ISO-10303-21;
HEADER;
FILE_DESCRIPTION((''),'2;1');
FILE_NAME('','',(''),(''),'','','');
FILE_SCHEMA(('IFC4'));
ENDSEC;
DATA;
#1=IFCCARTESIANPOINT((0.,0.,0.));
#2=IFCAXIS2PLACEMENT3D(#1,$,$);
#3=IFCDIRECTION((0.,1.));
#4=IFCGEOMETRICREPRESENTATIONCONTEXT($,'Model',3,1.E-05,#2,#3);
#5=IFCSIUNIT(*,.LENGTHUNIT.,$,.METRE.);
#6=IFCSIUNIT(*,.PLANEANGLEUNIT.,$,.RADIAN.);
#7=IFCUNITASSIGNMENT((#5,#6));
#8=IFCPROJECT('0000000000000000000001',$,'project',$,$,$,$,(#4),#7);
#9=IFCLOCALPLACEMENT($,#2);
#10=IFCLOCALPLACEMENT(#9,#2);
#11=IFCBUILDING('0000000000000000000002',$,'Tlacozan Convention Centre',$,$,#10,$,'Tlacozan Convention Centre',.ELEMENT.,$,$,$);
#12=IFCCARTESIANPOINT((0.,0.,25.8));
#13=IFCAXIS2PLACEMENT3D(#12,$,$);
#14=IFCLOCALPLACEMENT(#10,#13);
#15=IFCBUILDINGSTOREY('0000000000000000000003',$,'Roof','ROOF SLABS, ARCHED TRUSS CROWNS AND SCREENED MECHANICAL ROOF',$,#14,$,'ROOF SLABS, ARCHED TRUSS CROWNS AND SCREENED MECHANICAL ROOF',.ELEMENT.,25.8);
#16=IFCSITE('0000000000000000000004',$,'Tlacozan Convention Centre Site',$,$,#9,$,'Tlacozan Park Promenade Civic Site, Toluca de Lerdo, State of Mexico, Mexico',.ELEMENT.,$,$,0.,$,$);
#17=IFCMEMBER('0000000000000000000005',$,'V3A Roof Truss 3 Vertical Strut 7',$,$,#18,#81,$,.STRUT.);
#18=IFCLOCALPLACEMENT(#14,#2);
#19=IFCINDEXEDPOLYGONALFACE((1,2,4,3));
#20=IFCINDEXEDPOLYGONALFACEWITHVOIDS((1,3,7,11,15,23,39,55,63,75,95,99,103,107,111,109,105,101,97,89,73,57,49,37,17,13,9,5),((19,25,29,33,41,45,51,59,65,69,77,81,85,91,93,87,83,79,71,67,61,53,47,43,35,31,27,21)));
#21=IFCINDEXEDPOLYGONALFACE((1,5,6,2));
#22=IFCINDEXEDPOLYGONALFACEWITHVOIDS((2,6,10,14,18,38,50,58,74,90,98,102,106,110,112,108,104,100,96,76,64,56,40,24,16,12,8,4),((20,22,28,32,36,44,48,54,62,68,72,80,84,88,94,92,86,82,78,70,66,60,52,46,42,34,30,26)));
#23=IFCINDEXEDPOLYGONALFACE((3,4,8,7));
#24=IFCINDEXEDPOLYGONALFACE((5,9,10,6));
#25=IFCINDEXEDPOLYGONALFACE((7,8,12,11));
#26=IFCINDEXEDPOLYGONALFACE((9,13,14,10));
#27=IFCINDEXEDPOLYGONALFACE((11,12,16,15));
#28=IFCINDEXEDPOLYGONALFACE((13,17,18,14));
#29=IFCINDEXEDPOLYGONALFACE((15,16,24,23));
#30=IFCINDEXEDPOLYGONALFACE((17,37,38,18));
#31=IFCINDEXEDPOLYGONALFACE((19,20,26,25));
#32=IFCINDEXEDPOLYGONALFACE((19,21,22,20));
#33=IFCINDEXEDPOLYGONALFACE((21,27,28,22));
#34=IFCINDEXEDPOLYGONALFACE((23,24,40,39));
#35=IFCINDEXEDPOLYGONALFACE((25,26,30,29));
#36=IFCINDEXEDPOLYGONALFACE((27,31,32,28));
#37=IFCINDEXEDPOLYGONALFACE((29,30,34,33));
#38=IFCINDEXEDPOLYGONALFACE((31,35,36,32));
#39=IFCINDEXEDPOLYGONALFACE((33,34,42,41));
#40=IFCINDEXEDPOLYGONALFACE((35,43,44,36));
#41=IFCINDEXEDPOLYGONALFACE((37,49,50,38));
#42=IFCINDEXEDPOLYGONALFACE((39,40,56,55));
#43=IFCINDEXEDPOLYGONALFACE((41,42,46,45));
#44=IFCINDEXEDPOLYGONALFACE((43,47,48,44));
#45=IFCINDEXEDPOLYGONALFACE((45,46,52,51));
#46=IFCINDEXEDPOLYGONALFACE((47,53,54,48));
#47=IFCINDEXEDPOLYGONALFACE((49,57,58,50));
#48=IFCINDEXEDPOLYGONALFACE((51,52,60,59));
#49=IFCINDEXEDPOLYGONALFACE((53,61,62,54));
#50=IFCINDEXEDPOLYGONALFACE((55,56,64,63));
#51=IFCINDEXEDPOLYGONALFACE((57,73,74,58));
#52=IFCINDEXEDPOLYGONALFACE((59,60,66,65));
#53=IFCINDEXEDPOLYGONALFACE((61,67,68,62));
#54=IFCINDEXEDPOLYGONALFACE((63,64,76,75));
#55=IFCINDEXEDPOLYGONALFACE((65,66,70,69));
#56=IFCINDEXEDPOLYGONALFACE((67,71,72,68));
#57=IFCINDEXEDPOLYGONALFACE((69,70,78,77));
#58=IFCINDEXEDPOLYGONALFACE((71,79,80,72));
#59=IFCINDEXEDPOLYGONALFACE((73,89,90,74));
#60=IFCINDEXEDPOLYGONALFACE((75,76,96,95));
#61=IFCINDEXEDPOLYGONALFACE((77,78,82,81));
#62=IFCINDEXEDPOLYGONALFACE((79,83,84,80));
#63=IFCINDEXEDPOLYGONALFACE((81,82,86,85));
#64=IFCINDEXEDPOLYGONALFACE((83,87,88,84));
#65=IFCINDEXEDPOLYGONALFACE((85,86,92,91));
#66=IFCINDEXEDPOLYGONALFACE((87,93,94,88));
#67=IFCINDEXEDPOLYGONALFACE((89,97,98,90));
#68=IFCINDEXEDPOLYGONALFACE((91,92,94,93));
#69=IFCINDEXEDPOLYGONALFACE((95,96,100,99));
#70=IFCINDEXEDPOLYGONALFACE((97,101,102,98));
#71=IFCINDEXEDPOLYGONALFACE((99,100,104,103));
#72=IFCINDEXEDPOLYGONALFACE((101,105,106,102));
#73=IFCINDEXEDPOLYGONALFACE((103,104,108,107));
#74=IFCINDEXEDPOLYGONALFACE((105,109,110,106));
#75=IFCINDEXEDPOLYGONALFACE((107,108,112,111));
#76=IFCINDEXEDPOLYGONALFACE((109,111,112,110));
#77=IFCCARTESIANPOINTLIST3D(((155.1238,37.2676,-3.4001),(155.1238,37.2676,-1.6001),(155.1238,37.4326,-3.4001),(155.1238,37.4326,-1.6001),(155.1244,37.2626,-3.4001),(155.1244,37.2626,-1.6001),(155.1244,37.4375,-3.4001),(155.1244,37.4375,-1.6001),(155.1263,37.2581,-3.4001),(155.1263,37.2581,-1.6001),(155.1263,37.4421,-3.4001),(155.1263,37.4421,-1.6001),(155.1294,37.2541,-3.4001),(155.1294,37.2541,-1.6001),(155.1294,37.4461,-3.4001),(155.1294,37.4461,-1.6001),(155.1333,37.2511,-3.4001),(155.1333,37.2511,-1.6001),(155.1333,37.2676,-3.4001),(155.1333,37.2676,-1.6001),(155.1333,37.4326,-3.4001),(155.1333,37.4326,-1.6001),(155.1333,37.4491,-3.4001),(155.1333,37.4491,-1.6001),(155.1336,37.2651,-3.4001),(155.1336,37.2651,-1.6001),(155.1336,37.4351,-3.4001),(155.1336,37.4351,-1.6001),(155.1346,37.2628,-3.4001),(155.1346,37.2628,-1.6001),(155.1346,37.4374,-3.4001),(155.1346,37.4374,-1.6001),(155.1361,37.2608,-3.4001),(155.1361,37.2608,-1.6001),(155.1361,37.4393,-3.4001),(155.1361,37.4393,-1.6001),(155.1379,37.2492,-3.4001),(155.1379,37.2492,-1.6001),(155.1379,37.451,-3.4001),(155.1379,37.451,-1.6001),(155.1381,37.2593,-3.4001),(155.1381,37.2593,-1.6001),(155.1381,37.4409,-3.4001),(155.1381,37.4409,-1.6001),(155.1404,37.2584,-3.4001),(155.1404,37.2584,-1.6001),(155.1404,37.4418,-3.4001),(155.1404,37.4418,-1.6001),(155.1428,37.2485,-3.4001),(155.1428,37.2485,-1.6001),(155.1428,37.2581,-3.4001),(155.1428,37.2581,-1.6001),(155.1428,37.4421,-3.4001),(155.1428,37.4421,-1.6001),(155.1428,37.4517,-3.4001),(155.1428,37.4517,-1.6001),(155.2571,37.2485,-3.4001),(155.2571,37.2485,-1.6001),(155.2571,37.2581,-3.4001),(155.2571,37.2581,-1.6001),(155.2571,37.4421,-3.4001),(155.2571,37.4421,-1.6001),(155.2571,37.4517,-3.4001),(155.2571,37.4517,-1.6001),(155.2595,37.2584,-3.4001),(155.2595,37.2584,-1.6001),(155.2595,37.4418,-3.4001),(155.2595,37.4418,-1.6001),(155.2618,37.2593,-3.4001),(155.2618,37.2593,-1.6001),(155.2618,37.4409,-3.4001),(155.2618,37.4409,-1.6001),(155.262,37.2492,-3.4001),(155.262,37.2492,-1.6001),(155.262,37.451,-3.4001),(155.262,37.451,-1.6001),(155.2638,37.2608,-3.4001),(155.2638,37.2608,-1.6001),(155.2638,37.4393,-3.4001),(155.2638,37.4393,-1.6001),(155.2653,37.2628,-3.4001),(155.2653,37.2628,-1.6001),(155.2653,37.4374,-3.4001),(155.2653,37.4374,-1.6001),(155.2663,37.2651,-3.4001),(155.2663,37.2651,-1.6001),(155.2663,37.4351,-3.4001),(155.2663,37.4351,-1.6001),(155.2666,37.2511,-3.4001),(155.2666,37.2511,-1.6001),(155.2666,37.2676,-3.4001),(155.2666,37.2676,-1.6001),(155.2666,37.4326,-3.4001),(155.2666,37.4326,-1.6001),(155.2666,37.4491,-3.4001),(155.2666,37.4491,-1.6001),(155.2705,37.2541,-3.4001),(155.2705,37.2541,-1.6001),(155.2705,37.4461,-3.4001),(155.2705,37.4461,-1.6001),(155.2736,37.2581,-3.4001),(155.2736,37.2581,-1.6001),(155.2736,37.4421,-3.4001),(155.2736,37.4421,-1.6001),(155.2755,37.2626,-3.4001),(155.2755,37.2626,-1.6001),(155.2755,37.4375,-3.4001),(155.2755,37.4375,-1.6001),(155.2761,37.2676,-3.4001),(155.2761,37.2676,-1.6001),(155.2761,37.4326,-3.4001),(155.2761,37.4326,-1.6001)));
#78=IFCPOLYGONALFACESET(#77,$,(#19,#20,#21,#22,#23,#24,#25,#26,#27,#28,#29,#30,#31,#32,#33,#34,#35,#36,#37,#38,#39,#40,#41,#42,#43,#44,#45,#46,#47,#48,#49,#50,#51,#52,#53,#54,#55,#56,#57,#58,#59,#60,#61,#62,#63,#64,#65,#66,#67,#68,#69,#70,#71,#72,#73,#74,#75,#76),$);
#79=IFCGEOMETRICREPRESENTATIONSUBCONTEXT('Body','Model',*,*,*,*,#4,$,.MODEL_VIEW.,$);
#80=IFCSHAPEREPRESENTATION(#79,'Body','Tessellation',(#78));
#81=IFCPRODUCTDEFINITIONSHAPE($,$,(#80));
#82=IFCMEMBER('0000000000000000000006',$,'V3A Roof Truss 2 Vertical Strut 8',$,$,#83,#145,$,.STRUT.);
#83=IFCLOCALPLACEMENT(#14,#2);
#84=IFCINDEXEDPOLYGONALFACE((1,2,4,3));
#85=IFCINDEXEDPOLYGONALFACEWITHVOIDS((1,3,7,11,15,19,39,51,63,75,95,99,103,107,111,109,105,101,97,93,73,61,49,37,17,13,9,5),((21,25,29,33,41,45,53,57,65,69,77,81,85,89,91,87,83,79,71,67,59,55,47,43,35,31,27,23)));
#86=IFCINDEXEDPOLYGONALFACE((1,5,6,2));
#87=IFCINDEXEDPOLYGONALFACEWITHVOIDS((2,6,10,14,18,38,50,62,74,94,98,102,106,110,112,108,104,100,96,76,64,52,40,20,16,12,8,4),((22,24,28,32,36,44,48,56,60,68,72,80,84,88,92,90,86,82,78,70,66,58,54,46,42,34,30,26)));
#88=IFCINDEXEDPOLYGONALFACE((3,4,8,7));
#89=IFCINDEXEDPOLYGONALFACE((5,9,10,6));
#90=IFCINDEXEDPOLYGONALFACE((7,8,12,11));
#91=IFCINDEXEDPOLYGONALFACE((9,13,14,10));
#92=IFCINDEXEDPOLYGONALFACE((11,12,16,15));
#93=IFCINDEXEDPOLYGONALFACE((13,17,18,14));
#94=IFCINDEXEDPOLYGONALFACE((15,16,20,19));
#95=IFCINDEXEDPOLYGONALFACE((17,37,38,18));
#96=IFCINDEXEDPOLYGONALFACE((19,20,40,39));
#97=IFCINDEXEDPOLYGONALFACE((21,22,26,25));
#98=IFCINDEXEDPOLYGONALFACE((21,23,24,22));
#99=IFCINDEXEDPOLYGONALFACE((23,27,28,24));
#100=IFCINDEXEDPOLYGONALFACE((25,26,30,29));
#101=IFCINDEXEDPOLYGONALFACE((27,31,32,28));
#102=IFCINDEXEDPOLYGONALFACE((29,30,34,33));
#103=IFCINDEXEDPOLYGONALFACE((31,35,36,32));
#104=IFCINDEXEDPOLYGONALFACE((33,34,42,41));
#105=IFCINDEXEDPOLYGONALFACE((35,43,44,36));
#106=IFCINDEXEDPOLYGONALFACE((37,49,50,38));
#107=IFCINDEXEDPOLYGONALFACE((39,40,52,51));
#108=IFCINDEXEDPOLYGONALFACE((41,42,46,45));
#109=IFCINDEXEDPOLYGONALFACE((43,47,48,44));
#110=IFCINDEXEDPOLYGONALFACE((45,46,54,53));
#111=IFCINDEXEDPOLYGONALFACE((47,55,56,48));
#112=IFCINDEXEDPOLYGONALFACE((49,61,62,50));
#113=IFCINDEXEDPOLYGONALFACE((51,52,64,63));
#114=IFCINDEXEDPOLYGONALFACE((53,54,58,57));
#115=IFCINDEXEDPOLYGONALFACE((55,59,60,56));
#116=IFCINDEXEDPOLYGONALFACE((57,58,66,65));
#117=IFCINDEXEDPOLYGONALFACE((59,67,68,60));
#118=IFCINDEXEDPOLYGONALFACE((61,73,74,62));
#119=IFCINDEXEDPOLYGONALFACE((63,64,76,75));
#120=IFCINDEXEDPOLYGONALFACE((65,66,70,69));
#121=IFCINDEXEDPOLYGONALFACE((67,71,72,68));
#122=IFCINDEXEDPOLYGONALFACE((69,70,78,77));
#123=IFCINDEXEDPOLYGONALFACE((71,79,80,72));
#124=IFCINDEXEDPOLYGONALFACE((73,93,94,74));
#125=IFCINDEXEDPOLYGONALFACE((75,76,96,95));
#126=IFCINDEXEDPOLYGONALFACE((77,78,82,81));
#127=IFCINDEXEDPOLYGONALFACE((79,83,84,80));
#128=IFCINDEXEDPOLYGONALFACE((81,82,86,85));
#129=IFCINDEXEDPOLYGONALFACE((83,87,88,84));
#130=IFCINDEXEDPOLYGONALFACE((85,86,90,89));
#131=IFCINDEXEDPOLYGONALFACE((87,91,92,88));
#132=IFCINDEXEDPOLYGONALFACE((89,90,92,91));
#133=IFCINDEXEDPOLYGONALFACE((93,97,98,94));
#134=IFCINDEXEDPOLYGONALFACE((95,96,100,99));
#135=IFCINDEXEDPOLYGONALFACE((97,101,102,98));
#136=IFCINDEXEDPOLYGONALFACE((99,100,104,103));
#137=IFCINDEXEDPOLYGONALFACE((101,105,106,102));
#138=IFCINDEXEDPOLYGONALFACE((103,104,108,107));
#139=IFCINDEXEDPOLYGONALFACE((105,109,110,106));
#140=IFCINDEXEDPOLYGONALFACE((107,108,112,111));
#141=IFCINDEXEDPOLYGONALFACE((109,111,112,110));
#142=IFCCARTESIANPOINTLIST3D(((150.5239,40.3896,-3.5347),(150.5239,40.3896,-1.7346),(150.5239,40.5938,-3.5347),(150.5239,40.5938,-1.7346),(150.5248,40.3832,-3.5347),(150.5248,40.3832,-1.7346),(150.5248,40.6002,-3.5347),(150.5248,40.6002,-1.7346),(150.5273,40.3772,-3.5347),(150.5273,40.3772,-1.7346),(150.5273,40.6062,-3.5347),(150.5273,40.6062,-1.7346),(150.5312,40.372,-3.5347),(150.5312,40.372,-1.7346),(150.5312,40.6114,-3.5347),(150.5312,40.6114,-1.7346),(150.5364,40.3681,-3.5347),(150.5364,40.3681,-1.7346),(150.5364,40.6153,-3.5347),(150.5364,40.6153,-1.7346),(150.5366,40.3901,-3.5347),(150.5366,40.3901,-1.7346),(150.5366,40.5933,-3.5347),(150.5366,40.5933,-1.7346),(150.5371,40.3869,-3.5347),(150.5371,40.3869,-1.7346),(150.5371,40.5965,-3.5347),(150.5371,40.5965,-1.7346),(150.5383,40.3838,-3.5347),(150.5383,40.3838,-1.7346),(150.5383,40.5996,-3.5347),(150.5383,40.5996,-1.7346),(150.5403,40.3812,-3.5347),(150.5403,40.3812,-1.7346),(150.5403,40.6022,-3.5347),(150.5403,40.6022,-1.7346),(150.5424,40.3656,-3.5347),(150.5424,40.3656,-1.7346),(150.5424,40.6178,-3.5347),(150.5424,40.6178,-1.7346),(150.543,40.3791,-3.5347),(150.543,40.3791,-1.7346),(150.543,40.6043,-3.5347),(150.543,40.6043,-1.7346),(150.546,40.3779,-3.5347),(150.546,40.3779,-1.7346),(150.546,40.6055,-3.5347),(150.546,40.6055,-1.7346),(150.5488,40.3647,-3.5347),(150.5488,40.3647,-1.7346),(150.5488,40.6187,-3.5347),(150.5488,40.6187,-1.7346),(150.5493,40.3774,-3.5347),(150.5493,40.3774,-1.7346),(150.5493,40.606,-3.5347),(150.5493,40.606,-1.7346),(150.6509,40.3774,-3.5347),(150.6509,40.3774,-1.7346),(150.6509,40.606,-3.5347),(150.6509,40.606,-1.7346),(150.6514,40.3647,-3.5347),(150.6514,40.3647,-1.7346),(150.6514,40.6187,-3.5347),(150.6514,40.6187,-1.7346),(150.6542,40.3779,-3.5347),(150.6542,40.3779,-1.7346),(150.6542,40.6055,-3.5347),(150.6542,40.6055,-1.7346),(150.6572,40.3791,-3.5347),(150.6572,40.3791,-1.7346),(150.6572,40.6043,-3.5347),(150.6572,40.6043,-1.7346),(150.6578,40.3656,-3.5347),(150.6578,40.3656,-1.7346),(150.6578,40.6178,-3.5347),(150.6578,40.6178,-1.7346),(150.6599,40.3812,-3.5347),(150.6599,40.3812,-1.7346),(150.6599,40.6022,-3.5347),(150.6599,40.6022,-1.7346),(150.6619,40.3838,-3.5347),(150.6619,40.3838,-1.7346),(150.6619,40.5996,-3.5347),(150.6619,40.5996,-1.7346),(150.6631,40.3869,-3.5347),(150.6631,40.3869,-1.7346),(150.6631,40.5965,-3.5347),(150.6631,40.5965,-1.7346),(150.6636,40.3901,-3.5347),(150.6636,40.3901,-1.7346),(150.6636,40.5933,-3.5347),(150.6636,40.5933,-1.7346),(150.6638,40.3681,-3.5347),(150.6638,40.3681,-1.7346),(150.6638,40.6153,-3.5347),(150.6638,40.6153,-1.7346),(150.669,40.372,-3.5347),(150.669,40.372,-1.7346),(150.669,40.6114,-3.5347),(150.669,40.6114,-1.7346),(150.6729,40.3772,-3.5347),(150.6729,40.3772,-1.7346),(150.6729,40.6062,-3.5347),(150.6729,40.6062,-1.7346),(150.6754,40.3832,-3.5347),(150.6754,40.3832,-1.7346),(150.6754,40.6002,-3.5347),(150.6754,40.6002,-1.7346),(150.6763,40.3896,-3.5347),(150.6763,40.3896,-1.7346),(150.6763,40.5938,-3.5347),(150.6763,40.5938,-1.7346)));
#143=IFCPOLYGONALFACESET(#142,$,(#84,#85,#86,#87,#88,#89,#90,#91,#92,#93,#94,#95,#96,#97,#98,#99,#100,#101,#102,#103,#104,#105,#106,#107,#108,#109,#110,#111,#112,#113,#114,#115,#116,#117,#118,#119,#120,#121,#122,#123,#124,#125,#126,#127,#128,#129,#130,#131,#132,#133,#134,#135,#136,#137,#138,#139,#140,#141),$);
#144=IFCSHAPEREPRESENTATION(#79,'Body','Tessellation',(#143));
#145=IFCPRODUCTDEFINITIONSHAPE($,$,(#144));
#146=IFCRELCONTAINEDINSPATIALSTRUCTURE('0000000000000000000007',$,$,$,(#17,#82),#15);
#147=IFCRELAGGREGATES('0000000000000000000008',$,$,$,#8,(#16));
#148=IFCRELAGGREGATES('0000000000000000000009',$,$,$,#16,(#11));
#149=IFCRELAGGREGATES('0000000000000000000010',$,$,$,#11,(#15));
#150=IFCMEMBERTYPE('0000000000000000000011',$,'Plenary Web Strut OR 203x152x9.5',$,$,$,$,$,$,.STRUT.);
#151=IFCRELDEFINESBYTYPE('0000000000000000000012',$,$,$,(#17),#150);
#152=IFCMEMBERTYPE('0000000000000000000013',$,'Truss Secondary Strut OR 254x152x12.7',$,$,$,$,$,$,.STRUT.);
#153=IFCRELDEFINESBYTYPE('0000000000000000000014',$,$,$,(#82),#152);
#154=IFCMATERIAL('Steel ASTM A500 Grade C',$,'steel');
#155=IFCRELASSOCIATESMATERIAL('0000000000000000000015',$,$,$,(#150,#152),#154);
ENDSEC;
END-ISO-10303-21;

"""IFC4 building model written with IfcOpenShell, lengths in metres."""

from ifc_helpers import new_model, si_unit, direction, frame, origin, origin_2d, place, context, subcontext, project, spatial, hollow_rectangle, extrude, material, material_profile, profile_set, type_object, element, save


model = new_model("IFC4")

# Units and contexts
model_context = context("Model", 3, precision=1e-05, world=origin(), true_north=direction((0.0, 1.0)))
body_context = subcontext(model_context, "Body", "Model", "MODEL_VIEW")
ifc_project = project(units=[si_unit("LENGTHUNIT", "METRE"), si_unit("PLANEANGLEUNIT", "RADIAN")], contexts=[model_context])

# Site, building, storey
site_placement = place(None, origin())
site = spatial("IfcSite", under=ifc_project, at=site_placement, Name="Tlacozan Convention Centre Site", LongName="Tlacozan Park Promenade Civic Site, Toluca de Lerdo, State of Mexico, Mexico", CompositionType="ELEMENT", RefElevation=0.0)
building_placement = place(site_placement, origin())
building = spatial("IfcBuilding", under=site, at=building_placement, Name="Tlacozan Convention Centre", LongName="Tlacozan Convention Centre", CompositionType="ELEMENT")
storey_placement = place(building_placement, frame((0.0, 0.0, 25.8)))
storey = spatial("IfcBuildingStorey", under=building, at=storey_placement, Name="Roof", Description="ROOF SLABS, ARCHED TRUSS CROWNS AND SCREENED MECHANICAL ROOF", LongName="ROOF SLABS, ARCHED TRUSS CROWNS AND SCREENED MECHANICAL ROOF", CompositionType="ELEMENT", Elevation=25.8)

# Members
ifc_material_1 = material(Name="Steel ASTM A500 Grade C", Category="steel")
ifc_material_profile_1 = material_profile(ifc_material_1, hollow_rectangle(XDim=0.1523, YDim=0.2031, WallThickness=0.0095, InnerFilletRadius=0.0095, OuterFilletRadius=0.019, at=origin_2d()), Name="OR 203x152x9.5")
ifc_profile_set_1 = profile_set([ifc_material_profile_1], Name="Steel ASTM A500 Grade C")
member_type_1 = type_object("IfcMemberType", Name="Plenary Web Strut OR 203x152x9.5", PredefinedType="STRUT", material=ifc_profile_set_1)
for number, where, z_axis, x_axis, name in (
    (1, (155.2, 37.3501, -3.4001), (0.0, 0.0, 1.0), (1.0, 0.0, 0.0), "V3A Roof Truss 3 Vertical Strut 7"),
):
    element("IfcMember", number, at=place(storey_placement, frame(where, z_axis=z_axis, x_axis=x_axis)), inside=storey, type_object=member_type_1, Name=name, PredefinedType="STRUT", context=body_context, shape_type="SweptSolid", body=[
        extrude(hollow_rectangle(XDim=0.1523, YDim=0.2031, WallThickness=0.0095, InnerFilletRadius=0.0095, OuterFilletRadius=0.019, at=origin_2d()), origin(), (0.0, 0.0, 1.0), 1.8),
    ])
ifc_material_profile_2 = material_profile(ifc_material_1, hollow_rectangle(XDim=0.1523, YDim=0.2539, WallThickness=0.0127, InnerFilletRadius=0.0127, OuterFilletRadius=0.0249, at=origin_2d()), Name="OR 254x152x12.7")
ifc_profile_set_2 = profile_set([ifc_material_profile_2], Name="Steel ASTM A500 Grade C")
member_type_2 = type_object("IfcMemberType", Name="Truss Secondary Strut OR 254x152x12.7", PredefinedType="STRUT", material=ifc_profile_set_2)
for number, where, z_axis, x_axis, name in (
    (2, (150.6001, 40.4917, -3.5347), (0.0, 0.0, 1.0), (1.0, 0.0, 0.0), "V3A Roof Truss 2 Vertical Strut 8"),
):
    element("IfcMember", number, at=place(storey_placement, frame(where, z_axis=z_axis, x_axis=x_axis)), inside=storey, type_object=member_type_2, Name=name, PredefinedType="STRUT", context=body_context, shape_type="SweptSolid", body=[
        extrude(hollow_rectangle(XDim=0.1523, YDim=0.2539, WallThickness=0.0127, InnerFilletRadius=0.0127, OuterFilletRadius=0.0249, at=origin_2d()), origin(), (0.0, 0.0, 1.0), 1.8),
    ])

save(model, "model.ifc")
